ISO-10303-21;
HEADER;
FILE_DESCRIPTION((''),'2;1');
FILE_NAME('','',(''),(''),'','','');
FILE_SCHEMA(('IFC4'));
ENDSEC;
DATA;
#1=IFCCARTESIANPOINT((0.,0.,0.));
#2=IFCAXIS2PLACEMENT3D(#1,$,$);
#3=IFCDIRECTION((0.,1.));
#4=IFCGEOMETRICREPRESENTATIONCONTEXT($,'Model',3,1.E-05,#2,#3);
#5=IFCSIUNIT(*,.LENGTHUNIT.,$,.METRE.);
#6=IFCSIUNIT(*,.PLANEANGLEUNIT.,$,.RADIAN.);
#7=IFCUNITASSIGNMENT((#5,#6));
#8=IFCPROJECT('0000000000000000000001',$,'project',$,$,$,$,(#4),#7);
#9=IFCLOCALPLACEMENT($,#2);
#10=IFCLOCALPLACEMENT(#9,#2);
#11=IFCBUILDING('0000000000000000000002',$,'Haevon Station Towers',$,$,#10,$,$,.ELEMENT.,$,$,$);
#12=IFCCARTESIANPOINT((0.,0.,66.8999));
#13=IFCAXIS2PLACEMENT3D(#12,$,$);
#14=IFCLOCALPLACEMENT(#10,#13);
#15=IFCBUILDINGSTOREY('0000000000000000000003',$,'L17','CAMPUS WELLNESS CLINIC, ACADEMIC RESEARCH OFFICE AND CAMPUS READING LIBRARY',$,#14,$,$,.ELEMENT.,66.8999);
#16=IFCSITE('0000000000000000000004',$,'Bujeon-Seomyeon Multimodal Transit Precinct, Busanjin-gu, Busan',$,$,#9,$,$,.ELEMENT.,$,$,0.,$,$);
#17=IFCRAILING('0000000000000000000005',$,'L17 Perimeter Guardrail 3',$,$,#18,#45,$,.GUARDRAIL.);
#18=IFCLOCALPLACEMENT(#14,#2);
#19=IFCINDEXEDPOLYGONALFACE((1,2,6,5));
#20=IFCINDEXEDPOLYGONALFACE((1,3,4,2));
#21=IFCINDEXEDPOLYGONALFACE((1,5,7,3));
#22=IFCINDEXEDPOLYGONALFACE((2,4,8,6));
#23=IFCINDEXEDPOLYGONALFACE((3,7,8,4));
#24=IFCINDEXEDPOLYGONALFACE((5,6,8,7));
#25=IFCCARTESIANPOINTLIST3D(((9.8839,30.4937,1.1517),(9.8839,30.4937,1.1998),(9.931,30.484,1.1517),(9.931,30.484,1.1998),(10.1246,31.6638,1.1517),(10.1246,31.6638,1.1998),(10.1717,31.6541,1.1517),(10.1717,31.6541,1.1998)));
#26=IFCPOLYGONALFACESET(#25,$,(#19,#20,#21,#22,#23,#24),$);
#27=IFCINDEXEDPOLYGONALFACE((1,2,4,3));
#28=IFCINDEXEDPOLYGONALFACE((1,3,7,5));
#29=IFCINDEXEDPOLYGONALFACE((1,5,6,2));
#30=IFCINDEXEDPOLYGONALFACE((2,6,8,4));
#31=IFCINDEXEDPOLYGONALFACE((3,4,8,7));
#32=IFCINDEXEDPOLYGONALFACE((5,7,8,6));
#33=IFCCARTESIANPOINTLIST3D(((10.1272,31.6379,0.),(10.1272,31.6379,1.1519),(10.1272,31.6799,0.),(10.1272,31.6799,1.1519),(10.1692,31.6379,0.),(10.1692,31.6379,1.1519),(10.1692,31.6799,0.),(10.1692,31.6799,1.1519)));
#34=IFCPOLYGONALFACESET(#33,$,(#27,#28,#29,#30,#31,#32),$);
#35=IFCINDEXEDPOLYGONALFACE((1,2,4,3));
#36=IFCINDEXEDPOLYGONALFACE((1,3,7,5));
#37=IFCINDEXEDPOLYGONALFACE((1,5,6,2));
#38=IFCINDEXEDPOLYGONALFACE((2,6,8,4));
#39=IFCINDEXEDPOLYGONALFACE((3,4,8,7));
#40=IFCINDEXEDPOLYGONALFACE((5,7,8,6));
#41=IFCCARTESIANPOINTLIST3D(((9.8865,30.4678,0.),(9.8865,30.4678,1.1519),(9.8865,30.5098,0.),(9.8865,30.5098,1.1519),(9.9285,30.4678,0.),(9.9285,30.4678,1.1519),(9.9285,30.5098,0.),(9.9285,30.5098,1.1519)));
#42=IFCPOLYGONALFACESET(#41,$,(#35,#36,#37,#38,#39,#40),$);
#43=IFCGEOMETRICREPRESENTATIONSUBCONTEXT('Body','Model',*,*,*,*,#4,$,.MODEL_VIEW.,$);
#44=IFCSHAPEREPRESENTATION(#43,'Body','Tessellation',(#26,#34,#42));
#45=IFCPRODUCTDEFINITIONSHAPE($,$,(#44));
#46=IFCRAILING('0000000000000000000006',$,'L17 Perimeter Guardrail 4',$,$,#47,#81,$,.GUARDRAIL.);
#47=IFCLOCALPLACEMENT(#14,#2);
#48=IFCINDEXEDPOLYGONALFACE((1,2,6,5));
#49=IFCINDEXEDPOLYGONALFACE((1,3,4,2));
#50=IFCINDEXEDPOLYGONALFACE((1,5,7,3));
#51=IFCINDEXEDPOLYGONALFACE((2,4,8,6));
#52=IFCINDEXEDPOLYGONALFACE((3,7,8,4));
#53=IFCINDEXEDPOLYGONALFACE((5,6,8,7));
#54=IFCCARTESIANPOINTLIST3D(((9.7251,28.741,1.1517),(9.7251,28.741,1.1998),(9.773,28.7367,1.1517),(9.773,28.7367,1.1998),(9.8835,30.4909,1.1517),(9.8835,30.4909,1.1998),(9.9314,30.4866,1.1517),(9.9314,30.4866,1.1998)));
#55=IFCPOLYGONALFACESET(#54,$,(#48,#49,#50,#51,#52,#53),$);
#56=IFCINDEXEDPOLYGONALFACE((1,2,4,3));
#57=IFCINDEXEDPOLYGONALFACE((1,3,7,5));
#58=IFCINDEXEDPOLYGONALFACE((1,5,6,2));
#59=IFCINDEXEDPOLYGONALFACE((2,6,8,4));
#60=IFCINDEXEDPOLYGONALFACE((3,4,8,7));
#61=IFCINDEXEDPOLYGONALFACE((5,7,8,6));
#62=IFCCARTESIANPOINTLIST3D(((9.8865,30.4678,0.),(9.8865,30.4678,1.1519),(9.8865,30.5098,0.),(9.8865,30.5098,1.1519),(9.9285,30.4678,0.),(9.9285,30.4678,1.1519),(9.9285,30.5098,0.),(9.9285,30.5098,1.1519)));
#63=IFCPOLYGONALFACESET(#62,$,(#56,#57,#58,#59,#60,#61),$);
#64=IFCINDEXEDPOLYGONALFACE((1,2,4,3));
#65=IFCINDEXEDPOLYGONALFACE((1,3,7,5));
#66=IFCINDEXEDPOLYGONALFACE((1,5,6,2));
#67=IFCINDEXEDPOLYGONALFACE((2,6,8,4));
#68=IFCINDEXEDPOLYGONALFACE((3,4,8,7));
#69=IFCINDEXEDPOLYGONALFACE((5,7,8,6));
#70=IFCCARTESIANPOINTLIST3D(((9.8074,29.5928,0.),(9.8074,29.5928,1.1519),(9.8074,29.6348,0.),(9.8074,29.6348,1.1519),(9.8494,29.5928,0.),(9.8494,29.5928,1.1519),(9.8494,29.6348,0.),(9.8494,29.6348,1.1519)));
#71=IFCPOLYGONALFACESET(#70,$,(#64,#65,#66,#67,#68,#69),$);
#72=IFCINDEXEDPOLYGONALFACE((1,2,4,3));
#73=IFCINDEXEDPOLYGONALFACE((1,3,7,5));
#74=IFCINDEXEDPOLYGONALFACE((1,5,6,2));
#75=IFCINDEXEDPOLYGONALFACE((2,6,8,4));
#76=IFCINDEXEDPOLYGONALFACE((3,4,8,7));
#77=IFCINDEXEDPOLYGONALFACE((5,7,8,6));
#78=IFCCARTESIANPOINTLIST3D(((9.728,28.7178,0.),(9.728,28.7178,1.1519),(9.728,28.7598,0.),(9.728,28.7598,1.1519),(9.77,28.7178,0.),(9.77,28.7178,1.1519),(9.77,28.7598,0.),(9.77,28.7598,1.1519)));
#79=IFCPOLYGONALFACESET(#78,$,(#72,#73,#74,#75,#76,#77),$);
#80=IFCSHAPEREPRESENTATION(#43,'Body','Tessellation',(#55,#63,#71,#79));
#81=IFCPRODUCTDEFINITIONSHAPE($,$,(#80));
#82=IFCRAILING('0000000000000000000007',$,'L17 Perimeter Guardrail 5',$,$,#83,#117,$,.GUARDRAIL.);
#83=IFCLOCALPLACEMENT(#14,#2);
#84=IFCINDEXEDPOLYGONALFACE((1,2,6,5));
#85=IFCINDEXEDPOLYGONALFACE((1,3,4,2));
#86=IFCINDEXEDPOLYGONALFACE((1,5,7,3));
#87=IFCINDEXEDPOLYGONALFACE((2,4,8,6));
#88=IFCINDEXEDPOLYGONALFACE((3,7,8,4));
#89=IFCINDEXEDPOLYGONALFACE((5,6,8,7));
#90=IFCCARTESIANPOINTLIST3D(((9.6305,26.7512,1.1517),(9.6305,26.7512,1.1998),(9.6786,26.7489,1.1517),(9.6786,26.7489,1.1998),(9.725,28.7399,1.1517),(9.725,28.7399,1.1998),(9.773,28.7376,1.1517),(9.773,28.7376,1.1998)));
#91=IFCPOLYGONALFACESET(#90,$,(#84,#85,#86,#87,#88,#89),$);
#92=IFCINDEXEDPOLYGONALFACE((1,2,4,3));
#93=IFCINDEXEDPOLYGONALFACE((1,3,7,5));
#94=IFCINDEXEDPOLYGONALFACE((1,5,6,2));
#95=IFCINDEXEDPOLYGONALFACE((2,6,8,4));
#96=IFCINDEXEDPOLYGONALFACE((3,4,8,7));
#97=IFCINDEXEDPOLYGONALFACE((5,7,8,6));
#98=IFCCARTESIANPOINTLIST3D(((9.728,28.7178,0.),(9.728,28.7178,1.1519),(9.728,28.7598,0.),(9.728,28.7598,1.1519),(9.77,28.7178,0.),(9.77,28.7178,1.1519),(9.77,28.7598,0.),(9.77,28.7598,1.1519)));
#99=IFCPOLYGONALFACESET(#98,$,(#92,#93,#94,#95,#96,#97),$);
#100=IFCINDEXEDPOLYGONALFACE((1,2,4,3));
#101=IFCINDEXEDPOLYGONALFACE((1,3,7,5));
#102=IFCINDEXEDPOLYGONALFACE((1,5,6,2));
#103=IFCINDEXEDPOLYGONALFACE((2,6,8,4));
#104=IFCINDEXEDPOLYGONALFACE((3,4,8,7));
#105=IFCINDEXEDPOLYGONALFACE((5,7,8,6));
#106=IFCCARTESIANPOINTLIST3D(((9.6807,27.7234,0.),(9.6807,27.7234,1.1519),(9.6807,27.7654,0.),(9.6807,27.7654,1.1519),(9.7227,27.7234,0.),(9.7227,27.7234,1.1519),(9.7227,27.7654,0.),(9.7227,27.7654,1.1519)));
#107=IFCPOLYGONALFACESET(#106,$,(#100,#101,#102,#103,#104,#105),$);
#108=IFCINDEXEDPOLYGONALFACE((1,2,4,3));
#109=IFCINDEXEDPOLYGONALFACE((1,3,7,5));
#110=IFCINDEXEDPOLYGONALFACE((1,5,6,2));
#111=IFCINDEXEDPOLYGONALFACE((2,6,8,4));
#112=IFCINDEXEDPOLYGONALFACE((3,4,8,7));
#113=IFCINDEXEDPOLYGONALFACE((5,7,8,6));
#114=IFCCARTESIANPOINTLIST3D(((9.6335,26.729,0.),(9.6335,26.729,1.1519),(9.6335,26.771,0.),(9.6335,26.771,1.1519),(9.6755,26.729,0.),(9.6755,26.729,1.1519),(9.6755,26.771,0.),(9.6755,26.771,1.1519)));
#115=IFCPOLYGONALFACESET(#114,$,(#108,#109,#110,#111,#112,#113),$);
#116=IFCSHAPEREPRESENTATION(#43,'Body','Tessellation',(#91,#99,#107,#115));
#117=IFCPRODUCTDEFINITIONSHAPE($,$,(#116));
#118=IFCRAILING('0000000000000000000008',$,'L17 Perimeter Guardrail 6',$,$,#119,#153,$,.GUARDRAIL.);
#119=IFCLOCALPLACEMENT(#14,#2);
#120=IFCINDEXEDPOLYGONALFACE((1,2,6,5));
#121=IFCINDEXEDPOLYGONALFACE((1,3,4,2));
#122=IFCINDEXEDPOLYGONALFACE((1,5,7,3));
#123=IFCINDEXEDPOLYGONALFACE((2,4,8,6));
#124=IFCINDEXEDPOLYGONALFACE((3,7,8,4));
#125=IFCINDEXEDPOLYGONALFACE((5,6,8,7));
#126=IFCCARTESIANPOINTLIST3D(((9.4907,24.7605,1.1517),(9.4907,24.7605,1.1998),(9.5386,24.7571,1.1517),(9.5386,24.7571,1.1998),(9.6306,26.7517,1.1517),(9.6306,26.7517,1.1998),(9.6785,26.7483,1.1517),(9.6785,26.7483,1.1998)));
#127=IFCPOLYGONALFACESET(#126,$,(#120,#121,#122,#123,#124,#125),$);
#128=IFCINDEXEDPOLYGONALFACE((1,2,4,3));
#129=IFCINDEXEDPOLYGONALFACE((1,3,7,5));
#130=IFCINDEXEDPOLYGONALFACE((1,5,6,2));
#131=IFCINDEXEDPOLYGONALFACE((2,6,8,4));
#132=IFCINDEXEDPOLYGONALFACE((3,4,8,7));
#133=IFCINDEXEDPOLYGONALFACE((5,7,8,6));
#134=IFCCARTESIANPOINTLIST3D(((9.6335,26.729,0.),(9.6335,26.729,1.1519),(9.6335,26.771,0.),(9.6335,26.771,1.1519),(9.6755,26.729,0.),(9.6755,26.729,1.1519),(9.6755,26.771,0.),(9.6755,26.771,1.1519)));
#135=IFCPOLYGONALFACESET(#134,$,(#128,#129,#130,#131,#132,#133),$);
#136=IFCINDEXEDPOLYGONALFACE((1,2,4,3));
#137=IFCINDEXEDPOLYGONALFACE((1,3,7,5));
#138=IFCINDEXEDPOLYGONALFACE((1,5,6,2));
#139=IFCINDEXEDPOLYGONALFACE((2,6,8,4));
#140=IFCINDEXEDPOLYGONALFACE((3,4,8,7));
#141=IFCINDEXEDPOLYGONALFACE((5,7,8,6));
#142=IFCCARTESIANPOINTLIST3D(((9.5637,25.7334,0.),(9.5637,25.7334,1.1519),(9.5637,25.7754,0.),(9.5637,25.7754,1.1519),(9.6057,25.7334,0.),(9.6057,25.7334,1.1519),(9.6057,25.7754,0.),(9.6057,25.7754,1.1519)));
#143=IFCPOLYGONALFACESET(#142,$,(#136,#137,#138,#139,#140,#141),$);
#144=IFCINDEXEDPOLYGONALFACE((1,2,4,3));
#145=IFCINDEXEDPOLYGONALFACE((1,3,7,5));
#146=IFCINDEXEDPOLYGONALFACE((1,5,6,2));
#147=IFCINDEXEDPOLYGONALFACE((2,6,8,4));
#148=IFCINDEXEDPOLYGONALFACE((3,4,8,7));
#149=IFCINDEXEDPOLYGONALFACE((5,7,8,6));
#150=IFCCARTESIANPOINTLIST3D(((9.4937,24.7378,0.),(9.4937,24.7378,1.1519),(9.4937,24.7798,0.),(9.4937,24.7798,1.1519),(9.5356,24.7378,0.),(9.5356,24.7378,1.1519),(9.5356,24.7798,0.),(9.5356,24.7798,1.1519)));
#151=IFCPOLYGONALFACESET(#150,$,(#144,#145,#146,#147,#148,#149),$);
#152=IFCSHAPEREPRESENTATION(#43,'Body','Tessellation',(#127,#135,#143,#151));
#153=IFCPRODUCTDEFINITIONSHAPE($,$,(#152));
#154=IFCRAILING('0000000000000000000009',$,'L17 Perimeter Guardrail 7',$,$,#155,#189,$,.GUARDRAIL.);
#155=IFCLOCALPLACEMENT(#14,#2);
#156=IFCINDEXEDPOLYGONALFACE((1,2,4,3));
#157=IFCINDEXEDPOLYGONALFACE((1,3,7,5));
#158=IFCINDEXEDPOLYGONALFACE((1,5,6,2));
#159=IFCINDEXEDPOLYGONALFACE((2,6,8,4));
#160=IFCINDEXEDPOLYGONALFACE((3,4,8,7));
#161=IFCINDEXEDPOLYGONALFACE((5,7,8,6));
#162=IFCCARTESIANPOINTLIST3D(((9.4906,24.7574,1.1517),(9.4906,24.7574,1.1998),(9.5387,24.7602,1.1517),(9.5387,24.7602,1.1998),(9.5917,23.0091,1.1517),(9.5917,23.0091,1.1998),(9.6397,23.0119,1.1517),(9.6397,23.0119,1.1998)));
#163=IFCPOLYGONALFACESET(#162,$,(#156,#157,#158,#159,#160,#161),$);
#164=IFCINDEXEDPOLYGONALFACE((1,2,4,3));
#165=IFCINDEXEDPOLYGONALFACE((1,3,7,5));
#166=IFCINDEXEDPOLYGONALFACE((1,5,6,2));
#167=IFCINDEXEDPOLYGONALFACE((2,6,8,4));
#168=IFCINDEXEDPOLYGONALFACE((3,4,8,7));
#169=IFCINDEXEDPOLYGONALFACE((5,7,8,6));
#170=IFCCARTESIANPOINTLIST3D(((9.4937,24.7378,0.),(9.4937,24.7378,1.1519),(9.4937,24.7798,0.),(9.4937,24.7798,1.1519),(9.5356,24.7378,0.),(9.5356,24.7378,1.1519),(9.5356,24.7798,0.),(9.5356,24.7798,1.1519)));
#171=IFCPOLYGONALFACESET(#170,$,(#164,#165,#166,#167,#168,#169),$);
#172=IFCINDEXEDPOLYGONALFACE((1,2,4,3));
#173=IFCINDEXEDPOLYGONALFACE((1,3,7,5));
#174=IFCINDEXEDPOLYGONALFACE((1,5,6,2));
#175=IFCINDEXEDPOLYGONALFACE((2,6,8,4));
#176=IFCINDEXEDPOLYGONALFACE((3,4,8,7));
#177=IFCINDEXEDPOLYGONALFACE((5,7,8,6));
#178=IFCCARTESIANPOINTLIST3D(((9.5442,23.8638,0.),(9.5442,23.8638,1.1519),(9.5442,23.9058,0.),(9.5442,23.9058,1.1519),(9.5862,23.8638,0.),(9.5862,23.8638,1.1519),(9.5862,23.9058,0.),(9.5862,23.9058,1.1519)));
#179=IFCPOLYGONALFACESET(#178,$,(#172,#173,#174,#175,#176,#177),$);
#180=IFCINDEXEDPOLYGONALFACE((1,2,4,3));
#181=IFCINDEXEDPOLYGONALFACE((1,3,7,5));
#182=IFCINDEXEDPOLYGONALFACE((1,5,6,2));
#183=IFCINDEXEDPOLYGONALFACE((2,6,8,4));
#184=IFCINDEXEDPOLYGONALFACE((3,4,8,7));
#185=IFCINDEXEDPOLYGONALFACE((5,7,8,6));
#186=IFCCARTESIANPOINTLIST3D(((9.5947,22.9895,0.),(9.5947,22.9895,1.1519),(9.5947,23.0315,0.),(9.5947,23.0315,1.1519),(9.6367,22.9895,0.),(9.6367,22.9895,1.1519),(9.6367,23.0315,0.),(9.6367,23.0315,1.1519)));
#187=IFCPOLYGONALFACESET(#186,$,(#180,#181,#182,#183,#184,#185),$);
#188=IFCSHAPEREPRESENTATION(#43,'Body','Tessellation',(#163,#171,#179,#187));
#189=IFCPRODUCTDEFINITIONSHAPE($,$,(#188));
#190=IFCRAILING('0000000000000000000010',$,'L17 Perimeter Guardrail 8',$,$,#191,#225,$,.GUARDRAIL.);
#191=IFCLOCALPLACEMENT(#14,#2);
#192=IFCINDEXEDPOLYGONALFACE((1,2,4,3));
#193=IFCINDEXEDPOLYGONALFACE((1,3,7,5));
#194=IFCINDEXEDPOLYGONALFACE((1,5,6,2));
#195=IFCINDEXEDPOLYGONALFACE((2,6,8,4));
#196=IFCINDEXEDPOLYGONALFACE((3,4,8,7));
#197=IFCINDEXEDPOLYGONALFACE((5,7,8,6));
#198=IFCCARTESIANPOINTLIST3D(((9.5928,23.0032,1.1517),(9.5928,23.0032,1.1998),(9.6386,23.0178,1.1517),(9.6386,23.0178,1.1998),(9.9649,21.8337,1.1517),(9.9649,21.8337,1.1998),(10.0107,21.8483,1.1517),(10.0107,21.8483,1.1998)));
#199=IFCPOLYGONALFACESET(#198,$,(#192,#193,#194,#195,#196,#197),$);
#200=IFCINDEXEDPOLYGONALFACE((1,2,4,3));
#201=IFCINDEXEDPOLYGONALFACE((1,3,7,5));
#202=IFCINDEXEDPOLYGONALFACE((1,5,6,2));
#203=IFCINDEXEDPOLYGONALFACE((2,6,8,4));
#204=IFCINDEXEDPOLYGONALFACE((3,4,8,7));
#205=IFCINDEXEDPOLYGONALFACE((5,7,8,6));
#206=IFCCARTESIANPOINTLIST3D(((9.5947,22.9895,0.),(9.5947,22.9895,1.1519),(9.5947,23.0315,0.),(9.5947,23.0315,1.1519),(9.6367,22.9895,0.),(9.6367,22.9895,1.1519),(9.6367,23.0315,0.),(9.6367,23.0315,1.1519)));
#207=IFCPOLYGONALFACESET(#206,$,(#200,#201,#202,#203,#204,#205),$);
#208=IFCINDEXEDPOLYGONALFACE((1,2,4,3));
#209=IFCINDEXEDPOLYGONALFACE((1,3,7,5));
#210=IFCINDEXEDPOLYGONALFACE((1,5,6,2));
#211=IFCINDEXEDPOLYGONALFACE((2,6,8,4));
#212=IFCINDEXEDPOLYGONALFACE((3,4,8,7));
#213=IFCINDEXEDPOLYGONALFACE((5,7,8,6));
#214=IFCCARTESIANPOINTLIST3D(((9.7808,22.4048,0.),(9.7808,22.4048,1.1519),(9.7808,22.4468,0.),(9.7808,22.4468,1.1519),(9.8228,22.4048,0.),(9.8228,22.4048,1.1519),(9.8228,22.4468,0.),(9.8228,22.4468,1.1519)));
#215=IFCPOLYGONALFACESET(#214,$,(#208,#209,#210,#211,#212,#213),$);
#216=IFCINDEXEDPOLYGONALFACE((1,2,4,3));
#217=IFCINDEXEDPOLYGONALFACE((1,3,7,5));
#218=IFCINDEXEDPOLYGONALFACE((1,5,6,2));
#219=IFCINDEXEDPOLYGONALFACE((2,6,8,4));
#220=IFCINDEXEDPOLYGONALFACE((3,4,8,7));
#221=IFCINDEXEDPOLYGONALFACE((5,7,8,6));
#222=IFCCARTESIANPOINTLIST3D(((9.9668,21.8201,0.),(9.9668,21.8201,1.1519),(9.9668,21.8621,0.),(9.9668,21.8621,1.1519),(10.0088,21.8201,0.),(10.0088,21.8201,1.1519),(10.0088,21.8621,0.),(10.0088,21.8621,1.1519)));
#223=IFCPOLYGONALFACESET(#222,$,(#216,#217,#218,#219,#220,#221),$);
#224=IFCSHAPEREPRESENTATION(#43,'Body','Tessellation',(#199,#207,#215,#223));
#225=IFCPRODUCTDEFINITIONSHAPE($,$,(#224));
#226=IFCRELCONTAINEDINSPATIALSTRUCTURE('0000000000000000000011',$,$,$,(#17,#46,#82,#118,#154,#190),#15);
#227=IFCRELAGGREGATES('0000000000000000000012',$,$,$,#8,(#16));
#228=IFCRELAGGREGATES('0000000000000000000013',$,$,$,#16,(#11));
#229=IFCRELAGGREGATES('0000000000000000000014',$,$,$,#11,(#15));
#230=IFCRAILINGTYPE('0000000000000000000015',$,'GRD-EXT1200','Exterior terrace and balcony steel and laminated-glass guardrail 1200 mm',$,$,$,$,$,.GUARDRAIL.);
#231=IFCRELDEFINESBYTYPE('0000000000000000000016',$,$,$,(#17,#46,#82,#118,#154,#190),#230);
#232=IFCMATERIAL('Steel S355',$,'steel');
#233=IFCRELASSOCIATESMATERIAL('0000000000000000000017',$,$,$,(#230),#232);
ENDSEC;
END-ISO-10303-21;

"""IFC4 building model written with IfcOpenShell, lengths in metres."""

from ifc_helpers import new_model, si_unit, direction, frame, origin, origin_2d, place, context, subcontext, project, spatial, rectangle, extrude, material, type_object, element, save


model = new_model("IFC4")

# Units and contexts
model_context = context("Model", 3, precision=1e-05, world=origin(), true_north=direction((0.0, 1.0)))
body_context = subcontext(model_context, "Body", "Model", "MODEL_VIEW")
ifc_project = project(units=[si_unit("LENGTHUNIT", "METRE"), si_unit("PLANEANGLEUNIT", "RADIAN")], contexts=[model_context])

# Site, building, storey
site_placement = place(None, origin())
site = spatial("IfcSite", under=ifc_project, at=site_placement, Name="Bujeon-Seomyeon Multimodal Transit Precinct, Busanjin-gu, Busan", CompositionType="ELEMENT", RefElevation=0.0)
building_placement = place(site_placement, origin())
building = spatial("IfcBuilding", under=site, at=building_placement, Name="Haevon Station Towers", CompositionType="ELEMENT")
storey_placement = place(building_placement, frame((0.0, 0.0, 66.8999)))
storey = spatial("IfcBuildingStorey", under=building, at=storey_placement, Name="L17", Description="CAMPUS WELLNESS CLINIC, ACADEMIC RESEARCH OFFICE AND CAMPUS READING LIBRARY", CompositionType="ELEMENT", Elevation=66.8999)

# Shared definitions
ifc_material_1 = material(Name="Steel S355", Category="steel")

# Railings
railing_type = type_object("IfcRailingType", Name="GRD-EXT1200", Description="Exterior terrace and balcony steel and laminated-glass guardrail 1200 mm", PredefinedType="GUARDRAIL", material=ifc_material_1)
railing_1_placement = place(storey_placement, frame((10.1482, 31.6589, 0.0)))
element("IfcRailing", 1, at=railing_1_placement, inside=storey, type_object=railing_type, Name="L17 Perimeter Guardrail 3", PredefinedType="GUARDRAIL", context=body_context, shape_type="SweptSolid", body=[
    extrude(rectangle(XDim=0.0481, YDim=0.0481, at=origin_2d()), frame((0.0, 0.0, 1.1758), z_axis=(-0.201497, -0.979489, 0.0), x_axis=(0.979489, -0.201497, 0.0)), (0.0, 0.0, 1.0), 1.1946),
    extrude(rectangle(XDim=0.042, YDim=0.042, at=origin_2d()), origin(), (0.0, 0.0, 1.0), 1.1519),
    extrude(rectangle(XDim=0.042, YDim=0.042, at=origin_2d()), frame((-0.2407, -1.1702, 0.0)), (0.0, 0.0, 1.0), 1.1519),
])
railing_2_placement = place(storey_placement, frame((9.9075, 30.4888, 0.0)))
element("IfcRailing", 2, at=railing_2_placement, inside=storey, type_object=railing_type, Name="L17 Perimeter Guardrail 4", PredefinedType="GUARDRAIL", context=body_context, shape_type="SweptSolid", body=[
    extrude(rectangle(XDim=0.0481, YDim=0.0481, at=origin_2d()), frame((0.0, 0.0, 1.1758), z_axis=(-0.090172, -0.995926, 0.0), x_axis=(0.995926, -0.090172, 0.0)), (0.0, 0.0, 1.0), 1.7571),
    extrude(rectangle(XDim=0.042, YDim=0.042, at=origin_2d()), origin(), (0.0, 0.0, 1.0), 1.1519),
    extrude(rectangle(XDim=0.042, YDim=0.042, at=origin_2d()), frame((-0.0791, -0.875, 0.0)), (0.0, 0.0, 1.0), 1.1519),
    extrude(rectangle(XDim=0.042, YDim=0.042, at=origin_2d()), frame((-0.1584, -1.75, 0.0)), (0.0, 0.0, 1.0), 1.1519),
])
railing_3_placement = place(storey_placement, frame((9.749, 28.7388, 0.0)))
element("IfcRailing", 3, at=railing_3_placement, inside=storey, type_object=railing_type, Name="L17 Perimeter Guardrail 5", PredefinedType="GUARDRAIL", context=body_context, shape_type="SweptSolid", body=[
    extrude(rectangle(XDim=0.0481, YDim=0.0481, at=origin_2d()), frame((0.0, 0.0, 1.1758), z_axis=(-0.047454, -0.998873, 0.0), x_axis=(0.998873, -0.047454, 0.0)), (0.0, 0.0, 1.0), 1.991),
    extrude(rectangle(XDim=0.042, YDim=0.042, at=origin_2d()), origin(), (0.0, 0.0, 1.0), 1.1519),
    extrude(rectangle(XDim=0.042, YDim=0.042, at=origin_2d()), frame((-0.0474, -0.9944, 0.0)), (0.0, 0.0, 1.0), 1.1519),
    extrude(rectangle(XDim=0.042, YDim=0.042, at=origin_2d()), frame((-0.0945, -1.9888, 0.0)), (0.0, 0.0, 1.0), 1.1519),
])
railing_4_placement = place(storey_placement, frame((9.6545, 26.75, 0.0)))
element("IfcRailing", 4, at=railing_4_placement, inside=storey, type_object=railing_type, Name="L17 Perimeter Guardrail 6", PredefinedType="GUARDRAIL", context=body_context, shape_type="SweptSolid", body=[
    extrude(rectangle(XDim=0.0481, YDim=0.0481, at=origin_2d()), frame((0.0, 0.0, 1.1758), z_axis=(-0.070082, -0.997541, 0.0), x_axis=(0.997541, -0.070082, 0.0)), (0.0, 0.0, 1.0), 1.9961),
    extrude(rectangle(XDim=0.042, YDim=0.042, at=origin_2d()), origin(), (0.0, 0.0, 1.0), 1.1519),
    extrude(rectangle(XDim=0.042, YDim=0.042, at=origin_2d()), frame((-0.0698, -0.9956, 0.0)), (0.0, 0.0, 1.0), 1.1519),
    extrude(rectangle(XDim=0.042, YDim=0.042, at=origin_2d()), frame((-0.1399, -1.9912, 0.0)), (0.0, 0.0, 1.0), 1.1519),
])
railing_5_placement = place(storey_placement, frame((9.5146, 24.7588, 0.0)))
element("IfcRailing", 5, at=railing_5_placement, inside=storey, type_object=railing_type, Name="L17 Perimeter Guardrail 7", PredefinedType="GUARDRAIL", context=body_context, shape_type="SweptSolid", body=[
    extrude(rectangle(XDim=0.0481, YDim=0.0481, at=origin_2d()), frame((0.0, 0.0, 1.1758), z_axis=(0.057717, -0.998333, 0.0), x_axis=(0.998333, 0.057717, 0.0)), (0.0, 0.0, 1.0), 1.7512),
    extrude(rectangle(XDim=0.042, YDim=0.042, at=origin_2d()), origin(), (0.0, 0.0, 1.0), 1.1519),
    extrude(rectangle(XDim=0.042, YDim=0.042, at=origin_2d()), frame((0.0505, -0.874, 0.0)), (0.0, 0.0, 1.0), 1.1519),
    extrude(rectangle(XDim=0.042, YDim=0.042, at=origin_2d()), frame((0.1011, -1.7483, 0.0)), (0.0, 0.0, 1.0), 1.1519),
])
railing_6_placement = place(storey_placement, frame((9.6157, 23.0105, 0.0)))
element("IfcRailing", 6, at=railing_6_placement, inside=storey, type_object=railing_type, Name="L17 Perimeter Guardrail 8", PredefinedType="GUARDRAIL", context=body_context, shape_type="SweptSolid", body=[
    extrude(rectangle(XDim=0.0481, YDim=0.0481, at=origin_2d()), frame((0.0, 0.0, 1.1758), z_axis=(0.303187, -0.952931, 0.0), x_axis=(0.952931, 0.303187, 0.0)), (0.0, 0.0, 1.0), 1.2273),
    extrude(rectangle(XDim=0.042, YDim=0.042, at=origin_2d()), origin(), (0.0, 0.0, 1.0), 1.1519),
    extrude(rectangle(XDim=0.042, YDim=0.042, at=origin_2d()), frame((0.186, -0.5847, 0.0)), (0.0, 0.0, 1.0), 1.1519),
    extrude(rectangle(XDim=0.042, YDim=0.042, at=origin_2d()), frame((0.3721, -1.1694, 0.0)), (0.0, 0.0, 1.0), 1.1519),
])

save(model, "model.ifc")
